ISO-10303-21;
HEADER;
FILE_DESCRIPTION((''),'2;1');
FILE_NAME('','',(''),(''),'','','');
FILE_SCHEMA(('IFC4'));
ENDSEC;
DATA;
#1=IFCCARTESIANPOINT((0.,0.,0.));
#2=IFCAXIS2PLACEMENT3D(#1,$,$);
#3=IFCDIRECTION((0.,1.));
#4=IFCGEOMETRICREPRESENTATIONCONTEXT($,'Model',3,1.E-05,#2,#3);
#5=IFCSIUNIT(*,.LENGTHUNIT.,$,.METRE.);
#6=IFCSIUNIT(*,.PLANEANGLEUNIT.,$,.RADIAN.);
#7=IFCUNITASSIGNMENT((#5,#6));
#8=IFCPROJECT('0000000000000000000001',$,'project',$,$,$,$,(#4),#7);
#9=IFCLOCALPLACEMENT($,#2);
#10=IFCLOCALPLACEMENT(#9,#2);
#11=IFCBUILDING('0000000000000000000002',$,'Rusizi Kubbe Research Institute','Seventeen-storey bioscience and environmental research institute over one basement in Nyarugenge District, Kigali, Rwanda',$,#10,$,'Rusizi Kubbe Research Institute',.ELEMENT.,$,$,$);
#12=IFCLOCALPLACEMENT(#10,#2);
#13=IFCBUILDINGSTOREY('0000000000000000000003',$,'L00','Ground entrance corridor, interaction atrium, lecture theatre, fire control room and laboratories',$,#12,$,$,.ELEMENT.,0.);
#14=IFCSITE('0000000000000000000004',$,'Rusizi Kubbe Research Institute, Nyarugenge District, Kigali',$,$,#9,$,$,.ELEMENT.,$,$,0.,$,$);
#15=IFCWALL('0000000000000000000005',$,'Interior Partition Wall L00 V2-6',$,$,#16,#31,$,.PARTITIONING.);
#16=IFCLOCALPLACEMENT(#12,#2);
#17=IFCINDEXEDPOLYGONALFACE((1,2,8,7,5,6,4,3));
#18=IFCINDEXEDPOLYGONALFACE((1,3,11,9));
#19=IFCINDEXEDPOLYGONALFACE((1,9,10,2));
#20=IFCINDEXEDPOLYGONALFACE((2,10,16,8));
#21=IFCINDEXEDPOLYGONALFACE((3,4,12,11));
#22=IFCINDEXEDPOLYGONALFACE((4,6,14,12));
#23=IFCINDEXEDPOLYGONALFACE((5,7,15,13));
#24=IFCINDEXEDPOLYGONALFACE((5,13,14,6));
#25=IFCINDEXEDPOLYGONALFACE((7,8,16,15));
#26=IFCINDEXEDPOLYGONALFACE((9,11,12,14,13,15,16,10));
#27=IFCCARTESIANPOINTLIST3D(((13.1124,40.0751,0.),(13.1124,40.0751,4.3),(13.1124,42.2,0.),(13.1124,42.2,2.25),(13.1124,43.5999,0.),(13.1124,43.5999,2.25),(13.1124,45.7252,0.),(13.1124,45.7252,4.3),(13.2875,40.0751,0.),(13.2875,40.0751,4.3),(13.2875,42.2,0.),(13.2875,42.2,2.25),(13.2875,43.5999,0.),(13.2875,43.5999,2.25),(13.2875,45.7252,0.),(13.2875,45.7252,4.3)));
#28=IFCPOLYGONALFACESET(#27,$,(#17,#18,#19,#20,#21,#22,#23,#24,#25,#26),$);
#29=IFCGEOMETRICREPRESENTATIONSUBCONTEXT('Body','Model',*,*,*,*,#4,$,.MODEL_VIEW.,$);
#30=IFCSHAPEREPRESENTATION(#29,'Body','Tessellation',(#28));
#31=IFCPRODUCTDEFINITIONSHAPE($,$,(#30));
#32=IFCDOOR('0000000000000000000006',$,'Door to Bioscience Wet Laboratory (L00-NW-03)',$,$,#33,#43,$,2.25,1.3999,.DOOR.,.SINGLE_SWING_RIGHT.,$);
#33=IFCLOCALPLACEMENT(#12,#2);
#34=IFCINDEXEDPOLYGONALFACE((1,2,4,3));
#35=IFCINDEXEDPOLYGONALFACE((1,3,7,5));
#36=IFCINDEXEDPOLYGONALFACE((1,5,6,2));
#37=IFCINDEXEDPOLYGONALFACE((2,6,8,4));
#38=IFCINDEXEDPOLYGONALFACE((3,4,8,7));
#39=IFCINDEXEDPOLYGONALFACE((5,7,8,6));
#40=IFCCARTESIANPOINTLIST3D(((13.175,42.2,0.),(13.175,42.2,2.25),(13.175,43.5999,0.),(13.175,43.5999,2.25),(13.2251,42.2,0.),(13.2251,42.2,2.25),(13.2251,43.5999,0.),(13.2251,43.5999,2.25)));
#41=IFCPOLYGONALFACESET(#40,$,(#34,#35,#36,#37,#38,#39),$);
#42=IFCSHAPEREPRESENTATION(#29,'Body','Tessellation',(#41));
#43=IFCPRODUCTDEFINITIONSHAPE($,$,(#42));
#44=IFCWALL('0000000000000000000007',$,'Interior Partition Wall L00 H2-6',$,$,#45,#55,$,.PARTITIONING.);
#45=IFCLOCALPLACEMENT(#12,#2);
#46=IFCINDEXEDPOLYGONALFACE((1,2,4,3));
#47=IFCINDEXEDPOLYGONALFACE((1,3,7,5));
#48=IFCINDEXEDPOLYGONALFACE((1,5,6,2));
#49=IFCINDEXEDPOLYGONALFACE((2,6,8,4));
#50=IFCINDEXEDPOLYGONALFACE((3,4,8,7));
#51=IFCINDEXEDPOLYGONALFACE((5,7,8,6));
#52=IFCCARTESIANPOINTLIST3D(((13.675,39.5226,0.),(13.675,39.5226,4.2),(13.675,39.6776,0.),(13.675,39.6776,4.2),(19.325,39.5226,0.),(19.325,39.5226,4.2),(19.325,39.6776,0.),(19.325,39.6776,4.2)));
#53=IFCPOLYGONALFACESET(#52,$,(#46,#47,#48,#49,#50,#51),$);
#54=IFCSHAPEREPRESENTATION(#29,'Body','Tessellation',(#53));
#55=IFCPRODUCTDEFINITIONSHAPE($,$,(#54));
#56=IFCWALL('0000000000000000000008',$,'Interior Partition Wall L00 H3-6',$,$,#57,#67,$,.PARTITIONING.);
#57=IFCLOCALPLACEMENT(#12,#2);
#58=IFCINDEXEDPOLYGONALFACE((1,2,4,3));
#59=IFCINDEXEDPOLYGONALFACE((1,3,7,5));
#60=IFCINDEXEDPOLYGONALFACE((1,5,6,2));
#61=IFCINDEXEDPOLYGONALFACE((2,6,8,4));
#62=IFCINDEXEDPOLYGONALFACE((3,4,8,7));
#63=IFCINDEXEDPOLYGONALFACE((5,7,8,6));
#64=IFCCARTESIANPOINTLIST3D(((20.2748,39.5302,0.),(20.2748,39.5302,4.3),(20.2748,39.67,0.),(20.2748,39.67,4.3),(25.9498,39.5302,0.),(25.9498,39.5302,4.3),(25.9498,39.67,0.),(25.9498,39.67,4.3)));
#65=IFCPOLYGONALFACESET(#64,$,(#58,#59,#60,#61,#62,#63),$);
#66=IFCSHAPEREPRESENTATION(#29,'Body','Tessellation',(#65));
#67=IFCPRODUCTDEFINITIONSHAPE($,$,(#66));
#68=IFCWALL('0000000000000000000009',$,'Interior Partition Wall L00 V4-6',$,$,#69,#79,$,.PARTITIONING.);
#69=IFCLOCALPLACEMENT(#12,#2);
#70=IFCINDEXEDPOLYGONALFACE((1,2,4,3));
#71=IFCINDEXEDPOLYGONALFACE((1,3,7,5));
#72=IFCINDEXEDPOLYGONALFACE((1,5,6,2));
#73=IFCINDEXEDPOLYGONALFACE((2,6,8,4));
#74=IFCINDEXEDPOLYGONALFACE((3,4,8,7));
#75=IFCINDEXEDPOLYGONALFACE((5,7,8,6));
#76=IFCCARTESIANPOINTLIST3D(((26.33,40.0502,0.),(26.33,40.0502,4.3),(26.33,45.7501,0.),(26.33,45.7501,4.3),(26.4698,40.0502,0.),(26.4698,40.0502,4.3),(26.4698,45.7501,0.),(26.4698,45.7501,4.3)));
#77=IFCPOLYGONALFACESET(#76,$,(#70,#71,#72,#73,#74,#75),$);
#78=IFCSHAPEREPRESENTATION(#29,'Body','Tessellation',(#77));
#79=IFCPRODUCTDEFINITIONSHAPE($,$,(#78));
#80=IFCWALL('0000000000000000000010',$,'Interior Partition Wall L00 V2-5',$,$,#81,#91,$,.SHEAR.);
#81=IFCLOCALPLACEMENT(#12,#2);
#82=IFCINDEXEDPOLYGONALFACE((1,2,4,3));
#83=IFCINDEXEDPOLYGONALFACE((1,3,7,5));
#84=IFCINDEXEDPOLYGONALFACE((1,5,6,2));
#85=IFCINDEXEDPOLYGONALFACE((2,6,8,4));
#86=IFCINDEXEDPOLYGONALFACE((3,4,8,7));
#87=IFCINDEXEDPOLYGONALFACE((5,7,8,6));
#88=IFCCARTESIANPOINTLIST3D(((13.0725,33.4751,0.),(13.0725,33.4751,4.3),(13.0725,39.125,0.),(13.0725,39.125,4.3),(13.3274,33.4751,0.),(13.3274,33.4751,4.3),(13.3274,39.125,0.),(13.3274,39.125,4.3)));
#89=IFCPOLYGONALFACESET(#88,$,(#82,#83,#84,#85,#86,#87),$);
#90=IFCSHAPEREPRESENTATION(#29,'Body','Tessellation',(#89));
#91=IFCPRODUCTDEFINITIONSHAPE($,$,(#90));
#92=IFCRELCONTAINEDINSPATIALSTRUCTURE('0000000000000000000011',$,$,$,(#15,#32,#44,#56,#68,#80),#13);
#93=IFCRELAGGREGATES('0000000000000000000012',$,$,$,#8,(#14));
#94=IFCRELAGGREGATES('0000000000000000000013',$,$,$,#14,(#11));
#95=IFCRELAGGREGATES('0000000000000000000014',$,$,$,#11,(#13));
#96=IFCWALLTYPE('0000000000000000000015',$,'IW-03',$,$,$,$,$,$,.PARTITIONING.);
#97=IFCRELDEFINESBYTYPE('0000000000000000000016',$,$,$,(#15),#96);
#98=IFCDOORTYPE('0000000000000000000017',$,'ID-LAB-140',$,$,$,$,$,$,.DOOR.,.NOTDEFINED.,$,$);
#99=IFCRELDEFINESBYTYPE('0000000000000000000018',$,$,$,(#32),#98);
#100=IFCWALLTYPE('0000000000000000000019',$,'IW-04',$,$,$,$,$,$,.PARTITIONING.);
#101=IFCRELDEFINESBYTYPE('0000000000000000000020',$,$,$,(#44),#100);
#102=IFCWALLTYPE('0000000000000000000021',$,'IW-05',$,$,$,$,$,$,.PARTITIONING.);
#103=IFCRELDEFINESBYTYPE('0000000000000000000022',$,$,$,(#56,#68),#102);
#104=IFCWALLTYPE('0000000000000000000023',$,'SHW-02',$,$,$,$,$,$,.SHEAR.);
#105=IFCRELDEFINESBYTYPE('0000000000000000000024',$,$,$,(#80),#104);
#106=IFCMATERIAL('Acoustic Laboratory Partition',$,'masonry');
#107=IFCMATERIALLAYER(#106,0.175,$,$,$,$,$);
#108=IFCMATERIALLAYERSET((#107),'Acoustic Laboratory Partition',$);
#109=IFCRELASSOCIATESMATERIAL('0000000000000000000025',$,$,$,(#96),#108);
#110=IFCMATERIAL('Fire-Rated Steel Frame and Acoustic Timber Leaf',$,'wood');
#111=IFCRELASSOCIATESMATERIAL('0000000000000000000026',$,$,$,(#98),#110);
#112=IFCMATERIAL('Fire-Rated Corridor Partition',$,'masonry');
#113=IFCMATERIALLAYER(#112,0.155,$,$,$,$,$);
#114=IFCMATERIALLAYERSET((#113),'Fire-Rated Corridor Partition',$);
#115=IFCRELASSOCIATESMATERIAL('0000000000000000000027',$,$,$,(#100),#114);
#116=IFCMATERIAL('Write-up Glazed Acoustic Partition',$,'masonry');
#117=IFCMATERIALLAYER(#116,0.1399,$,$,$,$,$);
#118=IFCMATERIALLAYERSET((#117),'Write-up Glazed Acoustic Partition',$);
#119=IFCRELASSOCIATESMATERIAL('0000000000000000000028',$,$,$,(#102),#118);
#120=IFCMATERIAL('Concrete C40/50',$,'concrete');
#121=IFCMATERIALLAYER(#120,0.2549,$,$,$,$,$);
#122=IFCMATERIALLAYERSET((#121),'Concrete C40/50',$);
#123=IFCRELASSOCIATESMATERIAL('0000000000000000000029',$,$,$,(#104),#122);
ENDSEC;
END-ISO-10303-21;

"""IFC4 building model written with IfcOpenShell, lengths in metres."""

from ifc_helpers import new_model, si_unit, direction, frame, frame_2d, origin, place, context, subcontext, project, spatial, rectangle, extrude, material, layer, layer_set, type_object, element, fill, save


model = new_model("IFC4")

# Units and contexts
model_context = context("Model", 3, precision=1e-05, world=origin(), true_north=direction((0.0, 1.0)))
body_context = subcontext(model_context, "Body", "Model", "MODEL_VIEW")
ifc_project = project(units=[si_unit("LENGTHUNIT", "METRE"), si_unit("PLANEANGLEUNIT", "RADIAN")], contexts=[model_context])

# Site, building, storey
site_placement = place(None, origin())
site = spatial("IfcSite", under=ifc_project, at=site_placement, Name="Rusizi Kubbe Research Institute, Nyarugenge District, Kigali", CompositionType="ELEMENT", RefElevation=0.0)
building_placement = place(site_placement, origin())
building = spatial("IfcBuilding", under=site, at=building_placement, Name="Rusizi Kubbe Research Institute", Description="Seventeen-storey bioscience and environmental research institute over one basement in Nyarugenge District, Kigali, Rwanda", LongName="Rusizi Kubbe Research Institute", CompositionType="ELEMENT")
storey_placement = place(building_placement, origin())
storey = spatial("IfcBuildingStorey", under=building, at=storey_placement, Name="L00", Description="Ground entrance corridor, interaction atrium, lecture theatre, fire control room and laboratories", CompositionType="ELEMENT", Elevation=0.0)

# Wall, opening, door
ifc_material_1 = material(Name="Acoustic Laboratory Partition", Category="masonry")
ifc_layer_1 = layer(ifc_material_1, 0.175)
ifc_layer_set_1 = layer_set([ifc_layer_1], Name="Acoustic Laboratory Partition")
wall_type_1 = type_object("IfcWallType", Name="IW-03", PredefinedType="PARTITIONING", material=ifc_layer_set_1)
wall_1_placement = place(storey_placement, frame((13.2, 40.075, 0.0), z_axis=(0.0, 0.0, 1.0), x_axis=(0.0, 1.0, 0.0)))
wall_1 = element("IfcWall", 1, at=wall_1_placement, inside=storey, type_object=wall_type_1, Name="Interior Partition Wall L00 V2-6", PredefinedType="PARTITIONING", context=body_context, shape_type="SweptSolid", body=[
    extrude(rectangle(XDim=5.6501, YDim=0.175, at=frame_2d((2.8252, 0.0))), origin(), (0.0, 0.0, 1.0), 4.3),
])
opening_placement = place(wall_1_placement, frame((2.125, 0.0, 0.0)))
opening = element("IfcOpeningElement", 2, at=opening_placement, cuts=wall_1, PredefinedType="OPENING", context=body_context, shape_type="SweptSolid", body=[
    extrude(rectangle(XDim=1.3999, YDim=2.25, at=frame_2d((0.7, 1.125))), frame((0.0, 0.0974, 0.0), z_axis=(0.0, -1.0, 0.0), x_axis=(1.0, 0.0, 0.0)), (0.0, 0.0, 1.0), 0.1951),
])
ifc_material_2 = material(Name="Fire-Rated Steel Frame and Acoustic Timber Leaf", Category="wood")
door_type = type_object("IfcDoorType", Name="ID-LAB-140", OperationType="NOTDEFINED", PredefinedType="DOOR", material=ifc_material_2)
door_placement = place(opening_placement, origin())
door = element("IfcDoor", 3, at=door_placement, inside=storey, type_object=door_type, Name="Door to Bioscience Wet Laboratory (L00-NW-03)", OperationType="SINGLE_SWING_RIGHT", OverallHeight=2.25, OverallWidth=1.3999, PredefinedType="DOOR", context=body_context, shape_type="SweptSolid", body=[
    extrude(rectangle(XDim=1.3999, YDim=2.25, at=frame_2d((0.7, 1.125))), frame((0.0, 0.0249, 0.0), z_axis=(0.0, -1.0, 0.0), x_axis=(1.0, 0.0, 0.0)), (0.0, 0.0, 1.0), 0.05),
])
fill(opening, door)

# Walls
ifc_material_3 = material(Name="Fire-Rated Corridor Partition", Category="masonry")
ifc_layer_2 = layer(ifc_material_3, 0.155)
ifc_layer_set_2 = layer_set([ifc_layer_2], Name="Fire-Rated Corridor Partition")
wall_type_2 = type_object("IfcWallType", Name="IW-04", PredefinedType="PARTITIONING", material=ifc_layer_set_2)
wall_2_placement = place(storey_placement, frame((13.675, 39.6001, 0.0), z_axis=(0.0, 0.0, 1.0), x_axis=(1.0, 0.0, 0.0)))
element("IfcWall", 4, at=wall_2_placement, inside=storey, type_object=wall_type_2, Name="Interior Partition Wall L00 H2-6", PredefinedType="PARTITIONING", context=body_context, shape_type="SweptSolid", body=[
    extrude(rectangle(XDim=5.6499, YDim=0.155, at=frame_2d((2.825, 0.0))), origin(), (0.0, 0.0, 1.0), 4.2),
])
ifc_material_4 = material(Name="Write-up Glazed Acoustic Partition", Category="masonry")
ifc_layer_3 = layer(ifc_material_4, 0.1399)
ifc_layer_set_3 = layer_set([ifc_layer_3], Name="Write-up Glazed Acoustic Partition")
wall_type_3 = type_object("IfcWallType", Name="IW-05", PredefinedType="PARTITIONING", material=ifc_layer_set_3)
wall_3_placement = place(storey_placement, frame((20.2749, 39.6001, 0.0), z_axis=(0.0, 0.0, 1.0), x_axis=(1.0, 0.0, 0.0)))
element("IfcWall", 5, at=wall_3_placement, inside=storey, type_object=wall_type_3, Name="Interior Partition Wall L00 H3-6", PredefinedType="PARTITIONING", context=body_context, shape_type="SweptSolid", body=[
    extrude(rectangle(XDim=5.675, YDim=0.1399, at=frame_2d((2.8374, 0.0))), origin(), (0.0, 0.0, 1.0), 4.3),
])
wall_4_placement = place(storey_placement, frame((26.3999, 40.05, 0.0), z_axis=(0.0, 0.0, 1.0), x_axis=(0.0, 1.0, 0.0)))
element("IfcWall", 6, at=wall_4_placement, inside=storey, type_object=wall_type_3, Name="Interior Partition Wall L00 V4-6", PredefinedType="PARTITIONING", context=body_context, shape_type="SweptSolid", body=[
    extrude(rectangle(XDim=5.7, YDim=0.1399, at=frame_2d((2.8501, 0.0))), origin(), (0.0, 0.0, 1.0), 4.3),
])
ifc_material_5 = material(Name="Concrete C40/50", Category="concrete")
ifc_layer_4 = layer(ifc_material_5, 0.2549)
ifc_layer_set_4 = layer_set([ifc_layer_4], Name="Concrete C40/50")
wall_type_4 = type_object("IfcWallType", Name="SHW-02", PredefinedType="SHEAR", material=ifc_layer_set_4)
wall_5_placement = place(storey_placement, frame((13.2, 33.4751, 0.0), z_axis=(0.0, 0.0, 1.0), x_axis=(0.0, 1.0, 0.0)))
element("IfcWall", 7, at=wall_5_placement, inside=storey, type_object=wall_type_4, Name="Interior Partition Wall L00 V2-5", PredefinedType="SHEAR", context=body_context, shape_type="SweptSolid", body=[
    extrude(rectangle(XDim=5.6499, YDim=0.2549, at=frame_2d((2.825, 0.0))), origin(), (0.0, 0.0, 1.0), 4.3),
])

save(model, "model.ifc")
